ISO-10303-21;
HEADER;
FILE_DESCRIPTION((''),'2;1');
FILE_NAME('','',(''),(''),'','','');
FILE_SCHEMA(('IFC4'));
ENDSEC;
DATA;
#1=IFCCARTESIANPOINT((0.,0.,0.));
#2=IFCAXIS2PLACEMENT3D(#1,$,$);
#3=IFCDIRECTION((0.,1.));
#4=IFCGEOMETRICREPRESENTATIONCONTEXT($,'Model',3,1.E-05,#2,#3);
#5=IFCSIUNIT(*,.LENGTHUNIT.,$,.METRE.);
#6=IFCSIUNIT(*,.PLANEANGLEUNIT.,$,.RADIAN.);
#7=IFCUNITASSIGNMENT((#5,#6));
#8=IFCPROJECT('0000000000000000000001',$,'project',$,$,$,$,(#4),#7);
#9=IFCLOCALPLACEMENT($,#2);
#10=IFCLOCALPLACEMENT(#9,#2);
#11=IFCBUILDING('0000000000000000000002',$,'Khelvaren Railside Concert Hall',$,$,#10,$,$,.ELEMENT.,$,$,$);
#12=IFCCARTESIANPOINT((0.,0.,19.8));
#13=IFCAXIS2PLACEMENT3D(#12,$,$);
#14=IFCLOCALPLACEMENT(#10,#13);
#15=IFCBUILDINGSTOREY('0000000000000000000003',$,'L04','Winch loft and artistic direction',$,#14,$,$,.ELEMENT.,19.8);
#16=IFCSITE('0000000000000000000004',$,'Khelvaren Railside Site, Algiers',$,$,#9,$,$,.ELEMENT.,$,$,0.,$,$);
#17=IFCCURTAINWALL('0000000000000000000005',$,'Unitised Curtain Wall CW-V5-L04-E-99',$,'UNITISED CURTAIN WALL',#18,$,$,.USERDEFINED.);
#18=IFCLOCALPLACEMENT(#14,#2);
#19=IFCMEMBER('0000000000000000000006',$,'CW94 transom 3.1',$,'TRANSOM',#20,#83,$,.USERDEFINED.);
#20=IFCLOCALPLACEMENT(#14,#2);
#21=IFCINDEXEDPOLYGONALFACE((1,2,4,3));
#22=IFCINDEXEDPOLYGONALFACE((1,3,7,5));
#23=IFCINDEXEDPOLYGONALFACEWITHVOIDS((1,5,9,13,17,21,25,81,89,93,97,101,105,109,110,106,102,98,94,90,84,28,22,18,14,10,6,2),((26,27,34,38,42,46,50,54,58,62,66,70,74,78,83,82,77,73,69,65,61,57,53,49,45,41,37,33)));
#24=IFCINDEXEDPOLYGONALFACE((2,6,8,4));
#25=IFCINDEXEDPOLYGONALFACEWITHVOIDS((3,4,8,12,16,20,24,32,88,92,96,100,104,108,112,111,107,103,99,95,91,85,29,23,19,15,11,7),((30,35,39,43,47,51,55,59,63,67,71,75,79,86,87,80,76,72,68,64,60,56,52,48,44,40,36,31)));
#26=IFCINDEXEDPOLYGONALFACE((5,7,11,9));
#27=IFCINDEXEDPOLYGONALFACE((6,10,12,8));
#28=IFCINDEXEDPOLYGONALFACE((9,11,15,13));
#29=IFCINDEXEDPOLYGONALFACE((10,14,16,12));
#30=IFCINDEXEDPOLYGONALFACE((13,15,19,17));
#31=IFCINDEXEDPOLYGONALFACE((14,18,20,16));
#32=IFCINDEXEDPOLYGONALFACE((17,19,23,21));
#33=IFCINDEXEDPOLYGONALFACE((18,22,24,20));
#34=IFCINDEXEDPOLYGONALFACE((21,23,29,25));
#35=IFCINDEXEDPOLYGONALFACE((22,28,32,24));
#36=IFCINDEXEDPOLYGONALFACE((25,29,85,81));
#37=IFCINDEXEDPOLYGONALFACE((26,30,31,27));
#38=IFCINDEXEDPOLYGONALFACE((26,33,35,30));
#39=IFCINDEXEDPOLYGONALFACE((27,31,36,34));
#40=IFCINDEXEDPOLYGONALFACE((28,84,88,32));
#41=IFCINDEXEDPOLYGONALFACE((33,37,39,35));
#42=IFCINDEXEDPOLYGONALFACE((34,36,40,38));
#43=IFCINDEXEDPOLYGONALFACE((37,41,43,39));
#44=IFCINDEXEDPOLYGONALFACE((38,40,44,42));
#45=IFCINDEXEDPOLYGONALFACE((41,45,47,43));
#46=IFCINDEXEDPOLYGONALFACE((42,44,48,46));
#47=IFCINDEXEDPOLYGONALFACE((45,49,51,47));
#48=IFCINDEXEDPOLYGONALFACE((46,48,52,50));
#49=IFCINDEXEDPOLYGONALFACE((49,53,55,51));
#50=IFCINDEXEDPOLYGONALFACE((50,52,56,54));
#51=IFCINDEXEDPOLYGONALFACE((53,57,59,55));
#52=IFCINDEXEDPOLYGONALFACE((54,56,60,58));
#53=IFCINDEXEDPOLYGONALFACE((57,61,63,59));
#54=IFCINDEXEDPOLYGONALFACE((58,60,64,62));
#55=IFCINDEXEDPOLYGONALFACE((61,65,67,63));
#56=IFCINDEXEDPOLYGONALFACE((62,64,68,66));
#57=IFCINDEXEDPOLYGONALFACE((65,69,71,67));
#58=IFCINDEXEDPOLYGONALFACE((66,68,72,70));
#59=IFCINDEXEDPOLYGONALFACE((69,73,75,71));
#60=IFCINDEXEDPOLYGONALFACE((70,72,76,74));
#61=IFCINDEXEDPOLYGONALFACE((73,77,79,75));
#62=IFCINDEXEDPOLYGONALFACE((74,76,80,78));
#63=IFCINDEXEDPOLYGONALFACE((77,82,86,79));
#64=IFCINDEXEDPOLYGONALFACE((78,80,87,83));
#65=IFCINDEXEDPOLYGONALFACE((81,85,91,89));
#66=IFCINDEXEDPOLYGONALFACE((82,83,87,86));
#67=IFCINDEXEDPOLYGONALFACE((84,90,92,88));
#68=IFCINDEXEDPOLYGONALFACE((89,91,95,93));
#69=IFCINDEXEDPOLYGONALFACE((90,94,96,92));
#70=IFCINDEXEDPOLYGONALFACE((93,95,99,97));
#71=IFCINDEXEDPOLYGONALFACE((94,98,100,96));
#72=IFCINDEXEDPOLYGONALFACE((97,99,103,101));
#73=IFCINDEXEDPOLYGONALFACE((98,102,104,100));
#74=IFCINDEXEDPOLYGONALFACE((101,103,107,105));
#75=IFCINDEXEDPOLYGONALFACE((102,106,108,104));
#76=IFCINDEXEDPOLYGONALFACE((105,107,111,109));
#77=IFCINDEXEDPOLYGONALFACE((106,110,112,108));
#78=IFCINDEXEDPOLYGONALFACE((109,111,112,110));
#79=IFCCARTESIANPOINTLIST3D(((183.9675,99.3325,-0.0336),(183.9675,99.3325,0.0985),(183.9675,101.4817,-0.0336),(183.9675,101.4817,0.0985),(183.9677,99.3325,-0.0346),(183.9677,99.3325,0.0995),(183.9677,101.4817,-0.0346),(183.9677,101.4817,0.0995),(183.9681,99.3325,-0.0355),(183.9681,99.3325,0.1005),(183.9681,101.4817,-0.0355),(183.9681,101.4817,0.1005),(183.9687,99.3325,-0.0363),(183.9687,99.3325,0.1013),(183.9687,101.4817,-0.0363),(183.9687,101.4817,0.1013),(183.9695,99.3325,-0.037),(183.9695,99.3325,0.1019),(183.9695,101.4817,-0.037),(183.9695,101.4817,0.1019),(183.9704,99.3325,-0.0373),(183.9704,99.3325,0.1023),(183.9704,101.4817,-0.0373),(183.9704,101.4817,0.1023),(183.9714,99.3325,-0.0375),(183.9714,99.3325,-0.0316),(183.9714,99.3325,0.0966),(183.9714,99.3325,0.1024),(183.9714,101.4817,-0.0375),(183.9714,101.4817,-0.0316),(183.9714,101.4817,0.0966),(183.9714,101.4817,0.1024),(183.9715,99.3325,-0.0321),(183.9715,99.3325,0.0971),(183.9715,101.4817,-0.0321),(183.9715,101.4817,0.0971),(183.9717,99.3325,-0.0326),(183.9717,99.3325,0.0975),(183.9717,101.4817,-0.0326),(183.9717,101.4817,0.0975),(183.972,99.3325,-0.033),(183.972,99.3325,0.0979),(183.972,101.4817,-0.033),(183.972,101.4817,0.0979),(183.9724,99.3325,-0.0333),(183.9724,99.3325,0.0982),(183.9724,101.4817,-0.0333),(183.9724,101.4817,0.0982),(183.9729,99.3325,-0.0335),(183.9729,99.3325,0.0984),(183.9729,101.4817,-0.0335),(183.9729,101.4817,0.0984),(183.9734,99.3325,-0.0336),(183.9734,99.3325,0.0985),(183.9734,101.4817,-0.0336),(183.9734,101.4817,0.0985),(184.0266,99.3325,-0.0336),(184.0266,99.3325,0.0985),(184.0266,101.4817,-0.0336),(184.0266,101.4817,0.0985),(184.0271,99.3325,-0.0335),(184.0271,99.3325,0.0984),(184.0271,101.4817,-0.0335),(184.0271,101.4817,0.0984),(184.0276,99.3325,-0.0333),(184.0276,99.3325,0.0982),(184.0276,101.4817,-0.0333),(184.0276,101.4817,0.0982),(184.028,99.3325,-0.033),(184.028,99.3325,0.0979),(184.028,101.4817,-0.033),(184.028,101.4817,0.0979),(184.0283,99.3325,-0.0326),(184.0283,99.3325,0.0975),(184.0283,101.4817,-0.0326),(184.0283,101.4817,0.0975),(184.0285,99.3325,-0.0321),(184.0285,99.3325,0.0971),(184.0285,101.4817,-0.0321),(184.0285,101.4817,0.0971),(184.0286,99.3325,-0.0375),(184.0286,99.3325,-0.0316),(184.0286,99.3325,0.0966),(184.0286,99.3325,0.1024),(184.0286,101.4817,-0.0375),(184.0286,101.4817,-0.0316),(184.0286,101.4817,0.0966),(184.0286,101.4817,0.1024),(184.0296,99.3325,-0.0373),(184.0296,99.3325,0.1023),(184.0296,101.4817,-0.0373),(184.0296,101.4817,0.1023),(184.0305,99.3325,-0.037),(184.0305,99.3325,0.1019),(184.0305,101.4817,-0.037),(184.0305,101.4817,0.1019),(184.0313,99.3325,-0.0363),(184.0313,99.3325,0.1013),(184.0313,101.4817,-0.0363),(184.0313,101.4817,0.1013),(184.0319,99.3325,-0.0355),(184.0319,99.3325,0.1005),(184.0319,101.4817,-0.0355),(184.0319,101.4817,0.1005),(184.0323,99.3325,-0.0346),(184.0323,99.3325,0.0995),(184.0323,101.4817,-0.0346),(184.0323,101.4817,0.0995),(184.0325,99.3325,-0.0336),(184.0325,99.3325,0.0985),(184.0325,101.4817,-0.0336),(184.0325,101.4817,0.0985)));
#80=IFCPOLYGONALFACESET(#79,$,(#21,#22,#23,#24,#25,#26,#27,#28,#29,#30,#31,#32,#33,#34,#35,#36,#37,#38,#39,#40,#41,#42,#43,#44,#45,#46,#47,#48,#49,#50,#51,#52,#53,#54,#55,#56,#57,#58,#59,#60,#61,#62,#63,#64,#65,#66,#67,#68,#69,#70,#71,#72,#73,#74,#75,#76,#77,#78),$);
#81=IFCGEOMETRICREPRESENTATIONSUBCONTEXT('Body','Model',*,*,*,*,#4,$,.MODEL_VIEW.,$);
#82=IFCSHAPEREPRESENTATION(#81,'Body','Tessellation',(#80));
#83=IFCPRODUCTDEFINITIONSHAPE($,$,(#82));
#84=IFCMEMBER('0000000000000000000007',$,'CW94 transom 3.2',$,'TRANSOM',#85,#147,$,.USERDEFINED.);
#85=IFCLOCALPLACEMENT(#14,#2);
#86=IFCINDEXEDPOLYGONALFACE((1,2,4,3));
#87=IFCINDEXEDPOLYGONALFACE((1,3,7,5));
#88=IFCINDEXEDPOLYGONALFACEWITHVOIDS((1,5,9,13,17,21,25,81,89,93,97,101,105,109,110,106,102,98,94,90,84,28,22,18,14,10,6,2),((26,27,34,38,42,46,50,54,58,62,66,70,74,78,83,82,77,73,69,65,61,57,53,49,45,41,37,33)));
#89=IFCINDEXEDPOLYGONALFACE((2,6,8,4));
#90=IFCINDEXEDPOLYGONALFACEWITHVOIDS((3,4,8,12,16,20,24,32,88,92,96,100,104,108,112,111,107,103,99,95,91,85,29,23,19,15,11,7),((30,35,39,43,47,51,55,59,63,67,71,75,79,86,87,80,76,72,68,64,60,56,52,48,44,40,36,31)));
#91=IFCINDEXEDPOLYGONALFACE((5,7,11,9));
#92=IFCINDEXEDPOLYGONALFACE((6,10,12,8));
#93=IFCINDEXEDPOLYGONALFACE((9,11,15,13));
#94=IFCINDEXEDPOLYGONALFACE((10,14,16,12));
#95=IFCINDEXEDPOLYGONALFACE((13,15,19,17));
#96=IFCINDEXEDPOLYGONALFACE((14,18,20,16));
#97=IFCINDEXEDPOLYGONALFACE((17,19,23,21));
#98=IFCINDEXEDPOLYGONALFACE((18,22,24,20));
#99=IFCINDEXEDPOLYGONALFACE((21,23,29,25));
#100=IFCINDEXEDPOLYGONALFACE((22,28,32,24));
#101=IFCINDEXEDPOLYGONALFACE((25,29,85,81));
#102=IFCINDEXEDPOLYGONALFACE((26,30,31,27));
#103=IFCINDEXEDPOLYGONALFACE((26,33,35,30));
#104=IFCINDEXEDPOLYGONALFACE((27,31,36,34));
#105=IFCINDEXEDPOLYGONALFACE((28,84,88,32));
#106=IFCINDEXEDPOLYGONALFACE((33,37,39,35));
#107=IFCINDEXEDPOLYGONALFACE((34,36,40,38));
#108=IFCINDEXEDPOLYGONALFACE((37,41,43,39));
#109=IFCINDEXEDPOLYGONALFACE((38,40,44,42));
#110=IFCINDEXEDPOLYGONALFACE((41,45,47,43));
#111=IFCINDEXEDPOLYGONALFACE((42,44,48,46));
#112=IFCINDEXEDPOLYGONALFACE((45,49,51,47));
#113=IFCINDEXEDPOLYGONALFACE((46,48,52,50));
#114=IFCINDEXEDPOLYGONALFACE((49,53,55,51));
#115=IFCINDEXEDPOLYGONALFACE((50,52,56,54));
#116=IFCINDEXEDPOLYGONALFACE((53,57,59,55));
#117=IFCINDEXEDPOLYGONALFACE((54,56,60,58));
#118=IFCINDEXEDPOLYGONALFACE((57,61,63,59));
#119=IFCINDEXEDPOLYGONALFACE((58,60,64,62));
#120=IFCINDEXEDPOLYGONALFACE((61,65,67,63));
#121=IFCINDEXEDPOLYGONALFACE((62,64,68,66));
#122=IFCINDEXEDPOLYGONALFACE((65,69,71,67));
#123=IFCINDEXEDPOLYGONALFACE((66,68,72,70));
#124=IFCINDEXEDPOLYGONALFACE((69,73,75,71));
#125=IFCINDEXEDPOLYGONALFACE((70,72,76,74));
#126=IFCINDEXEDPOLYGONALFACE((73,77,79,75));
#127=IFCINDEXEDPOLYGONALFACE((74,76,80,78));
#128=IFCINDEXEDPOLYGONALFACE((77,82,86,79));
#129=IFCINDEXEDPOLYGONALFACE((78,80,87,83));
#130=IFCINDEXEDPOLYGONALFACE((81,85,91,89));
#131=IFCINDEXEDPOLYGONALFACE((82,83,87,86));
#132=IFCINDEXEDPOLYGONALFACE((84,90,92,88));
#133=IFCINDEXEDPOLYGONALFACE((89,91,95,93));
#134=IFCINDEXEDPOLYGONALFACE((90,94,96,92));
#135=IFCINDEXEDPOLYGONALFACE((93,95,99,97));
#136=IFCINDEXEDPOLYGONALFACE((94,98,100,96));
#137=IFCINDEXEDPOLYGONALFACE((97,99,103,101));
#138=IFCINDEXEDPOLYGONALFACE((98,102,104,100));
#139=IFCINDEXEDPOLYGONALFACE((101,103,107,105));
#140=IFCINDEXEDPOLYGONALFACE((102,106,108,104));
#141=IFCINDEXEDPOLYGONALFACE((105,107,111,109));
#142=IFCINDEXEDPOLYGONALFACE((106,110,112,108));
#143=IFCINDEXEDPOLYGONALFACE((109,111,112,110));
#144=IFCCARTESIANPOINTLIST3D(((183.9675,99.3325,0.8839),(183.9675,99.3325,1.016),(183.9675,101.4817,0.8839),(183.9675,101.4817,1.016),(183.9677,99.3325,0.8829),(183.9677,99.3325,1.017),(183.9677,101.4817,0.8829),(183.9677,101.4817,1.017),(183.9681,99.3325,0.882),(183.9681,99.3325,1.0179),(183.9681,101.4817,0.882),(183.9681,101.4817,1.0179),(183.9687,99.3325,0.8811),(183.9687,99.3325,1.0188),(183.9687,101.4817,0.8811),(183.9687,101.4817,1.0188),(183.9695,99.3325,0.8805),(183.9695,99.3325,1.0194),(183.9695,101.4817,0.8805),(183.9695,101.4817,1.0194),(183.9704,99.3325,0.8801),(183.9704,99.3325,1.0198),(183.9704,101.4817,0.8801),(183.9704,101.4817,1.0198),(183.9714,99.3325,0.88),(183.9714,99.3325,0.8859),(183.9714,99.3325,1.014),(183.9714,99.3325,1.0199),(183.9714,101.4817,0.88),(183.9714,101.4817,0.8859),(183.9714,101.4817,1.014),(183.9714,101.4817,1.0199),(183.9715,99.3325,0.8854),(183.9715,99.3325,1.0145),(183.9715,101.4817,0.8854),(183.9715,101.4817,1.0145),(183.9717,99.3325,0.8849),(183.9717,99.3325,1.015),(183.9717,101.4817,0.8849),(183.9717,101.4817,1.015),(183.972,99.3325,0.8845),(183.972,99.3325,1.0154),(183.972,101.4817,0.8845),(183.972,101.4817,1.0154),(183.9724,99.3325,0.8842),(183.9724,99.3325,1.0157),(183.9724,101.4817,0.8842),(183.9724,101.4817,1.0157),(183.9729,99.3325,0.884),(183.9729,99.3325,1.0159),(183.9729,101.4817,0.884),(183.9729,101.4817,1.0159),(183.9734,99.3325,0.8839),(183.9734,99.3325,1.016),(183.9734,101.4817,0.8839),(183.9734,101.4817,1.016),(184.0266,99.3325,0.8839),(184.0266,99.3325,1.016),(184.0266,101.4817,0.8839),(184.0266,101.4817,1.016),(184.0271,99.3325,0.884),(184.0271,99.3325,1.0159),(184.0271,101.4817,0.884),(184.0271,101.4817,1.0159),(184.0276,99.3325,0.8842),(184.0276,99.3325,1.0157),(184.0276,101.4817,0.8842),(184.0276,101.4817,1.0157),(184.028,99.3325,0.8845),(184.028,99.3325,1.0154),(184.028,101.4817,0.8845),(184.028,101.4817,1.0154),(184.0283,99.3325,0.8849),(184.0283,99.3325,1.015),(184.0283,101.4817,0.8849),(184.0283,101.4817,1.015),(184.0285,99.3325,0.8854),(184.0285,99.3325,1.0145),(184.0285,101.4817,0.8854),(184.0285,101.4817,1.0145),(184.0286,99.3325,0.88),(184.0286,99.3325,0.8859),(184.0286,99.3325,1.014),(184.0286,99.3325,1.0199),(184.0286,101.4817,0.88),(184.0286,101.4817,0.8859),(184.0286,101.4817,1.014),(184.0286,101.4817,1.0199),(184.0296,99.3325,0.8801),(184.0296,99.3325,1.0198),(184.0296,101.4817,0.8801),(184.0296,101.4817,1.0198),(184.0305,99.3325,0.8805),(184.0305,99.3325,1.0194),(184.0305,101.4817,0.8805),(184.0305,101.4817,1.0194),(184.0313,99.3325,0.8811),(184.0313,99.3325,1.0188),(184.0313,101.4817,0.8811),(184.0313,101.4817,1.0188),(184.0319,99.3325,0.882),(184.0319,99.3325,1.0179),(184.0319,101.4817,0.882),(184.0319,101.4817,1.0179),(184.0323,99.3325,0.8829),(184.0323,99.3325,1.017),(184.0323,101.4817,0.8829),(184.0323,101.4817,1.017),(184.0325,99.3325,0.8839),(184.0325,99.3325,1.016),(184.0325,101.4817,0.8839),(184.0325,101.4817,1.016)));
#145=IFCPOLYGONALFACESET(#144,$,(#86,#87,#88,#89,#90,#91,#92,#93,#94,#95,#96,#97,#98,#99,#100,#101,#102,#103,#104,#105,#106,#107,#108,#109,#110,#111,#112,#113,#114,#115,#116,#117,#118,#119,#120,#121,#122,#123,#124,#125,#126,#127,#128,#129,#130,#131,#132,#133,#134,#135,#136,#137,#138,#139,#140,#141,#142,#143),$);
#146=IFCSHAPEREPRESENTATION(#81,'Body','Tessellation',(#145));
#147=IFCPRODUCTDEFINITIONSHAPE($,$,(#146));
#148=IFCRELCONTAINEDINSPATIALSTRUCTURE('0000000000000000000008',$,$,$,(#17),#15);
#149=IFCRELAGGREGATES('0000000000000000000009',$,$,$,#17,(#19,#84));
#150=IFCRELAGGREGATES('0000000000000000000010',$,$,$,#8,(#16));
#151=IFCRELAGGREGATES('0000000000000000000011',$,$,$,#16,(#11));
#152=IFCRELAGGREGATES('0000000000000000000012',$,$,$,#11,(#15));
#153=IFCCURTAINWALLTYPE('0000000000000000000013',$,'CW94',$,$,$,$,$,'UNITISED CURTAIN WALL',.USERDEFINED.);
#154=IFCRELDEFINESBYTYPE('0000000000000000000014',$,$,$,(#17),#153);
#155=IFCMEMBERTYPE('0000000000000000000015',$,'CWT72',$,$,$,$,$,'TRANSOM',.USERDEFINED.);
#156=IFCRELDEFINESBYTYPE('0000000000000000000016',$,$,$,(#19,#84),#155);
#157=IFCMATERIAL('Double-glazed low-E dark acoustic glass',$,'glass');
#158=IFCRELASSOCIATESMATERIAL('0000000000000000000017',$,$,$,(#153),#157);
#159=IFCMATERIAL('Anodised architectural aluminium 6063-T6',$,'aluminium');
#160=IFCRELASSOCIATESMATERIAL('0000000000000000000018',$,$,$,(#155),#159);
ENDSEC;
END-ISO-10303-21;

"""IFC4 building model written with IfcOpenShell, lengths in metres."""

from ifc_helpers import new_model, si_unit, direction, frame, origin, origin_2d, place, context, subcontext, project, spatial, hollow_rectangle, extrude, material, material_profile, profile_set, type_object, element, aggregate, save


model = new_model("IFC4")

# Units and contexts
model_context = context("Model", 3, precision=1e-05, world=origin(), true_north=direction((0.0, 1.0)))
body_context = subcontext(model_context, "Body", "Model", "MODEL_VIEW")
ifc_project = project(units=[si_unit("LENGTHUNIT", "METRE"), si_unit("PLANEANGLEUNIT", "RADIAN")], contexts=[model_context])

# Site, building, storey
site_placement = place(None, origin())
site = spatial("IfcSite", under=ifc_project, at=site_placement, Name="Khelvaren Railside Site, Algiers", CompositionType="ELEMENT", RefElevation=0.0)
building_placement = place(site_placement, origin())
building = spatial("IfcBuilding", under=site, at=building_placement, Name="Khelvaren Railside Concert Hall", CompositionType="ELEMENT")
storey_placement = place(building_placement, frame((0.0, 0.0, 19.8)))
storey = spatial("IfcBuildingStorey", under=building, at=storey_placement, Name="L04", Description="Winch loft and artistic direction", CompositionType="ELEMENT", Elevation=19.8)

# Curtain wall
ifc_material_1 = material(Name="Double-glazed low-E dark acoustic glass", Category="glass")
ifc_material_2 = material(Name="Anodised architectural aluminium 6063-T6", Category="aluminium")
curtain_wall_type_1 = type_object("IfcCurtainWallType", Name="CW94", ElementType="UNITISED CURTAIN WALL", PredefinedType="USERDEFINED", material=ifc_material_1)
curtain_wall_1_placement = place(storey_placement, origin())
curtain_wall_1 = element("IfcCurtainWall", 1, at=curtain_wall_1_placement, inside=storey, type_object=curtain_wall_type_1, Name="Unitised Curtain Wall CW-V5-L04-E-99", ObjectType="UNITISED CURTAIN WALL", PredefinedType="USERDEFINED")

# Members
ifc_material_profile_1 = material_profile(ifc_material_2, hollow_rectangle(XDim=0.0649, YDim=0.1399, WallThickness=0.0039, InnerFilletRadius=0.002, OuterFilletRadius=0.0039, at=origin_2d()), Name="CWT 65x140x4")
ifc_profile_set_1 = profile_set([ifc_material_profile_1], Name="Anodised architectural aluminium 6063-T6")
member_type_1 = type_object("IfcMemberType", Name="CWT72", ElementType="TRANSOM", PredefinedType="USERDEFINED", material=ifc_profile_set_1)
member_1_placement = place(storey_placement, frame((184.0, 101.4817, 0.0325), z_axis=(0.0, -1.0, 0.0), x_axis=(1.0, 0.0, 0.0)))
member_1 = element("IfcMember", 2, at=member_1_placement, type_object=member_type_1, Name="CW94 transom 3.1", ObjectType="TRANSOM", PredefinedType="USERDEFINED", context=body_context, shape_type="SweptSolid", body=[
    extrude(hollow_rectangle(XDim=0.0649, YDim=0.1399, WallThickness=0.0039, InnerFilletRadius=0.002, OuterFilletRadius=0.0039, at=origin_2d()), origin(), (0.0, 0.0, 1.0), 2.1492),
])
member_2_placement = place(storey_placement, frame((184.0, 101.4817, 0.95), z_axis=(0.0, -1.0, 0.0), x_axis=(1.0, 0.0, 0.0)))
member_2 = element("IfcMember", 3, at=member_2_placement, type_object=member_type_1, Name="CW94 transom 3.2", ObjectType="TRANSOM", PredefinedType="USERDEFINED", context=body_context, shape_type="SweptSolid", body=[
    extrude(hollow_rectangle(XDim=0.0649, YDim=0.1399, WallThickness=0.0039, InnerFilletRadius=0.002, OuterFilletRadius=0.0039, at=origin_2d()), origin(), (0.0, 0.0, 1.0), 2.1492),
])

aggregate(curtain_wall_1, [member_1, member_2])

save(model, "model.ifc")
